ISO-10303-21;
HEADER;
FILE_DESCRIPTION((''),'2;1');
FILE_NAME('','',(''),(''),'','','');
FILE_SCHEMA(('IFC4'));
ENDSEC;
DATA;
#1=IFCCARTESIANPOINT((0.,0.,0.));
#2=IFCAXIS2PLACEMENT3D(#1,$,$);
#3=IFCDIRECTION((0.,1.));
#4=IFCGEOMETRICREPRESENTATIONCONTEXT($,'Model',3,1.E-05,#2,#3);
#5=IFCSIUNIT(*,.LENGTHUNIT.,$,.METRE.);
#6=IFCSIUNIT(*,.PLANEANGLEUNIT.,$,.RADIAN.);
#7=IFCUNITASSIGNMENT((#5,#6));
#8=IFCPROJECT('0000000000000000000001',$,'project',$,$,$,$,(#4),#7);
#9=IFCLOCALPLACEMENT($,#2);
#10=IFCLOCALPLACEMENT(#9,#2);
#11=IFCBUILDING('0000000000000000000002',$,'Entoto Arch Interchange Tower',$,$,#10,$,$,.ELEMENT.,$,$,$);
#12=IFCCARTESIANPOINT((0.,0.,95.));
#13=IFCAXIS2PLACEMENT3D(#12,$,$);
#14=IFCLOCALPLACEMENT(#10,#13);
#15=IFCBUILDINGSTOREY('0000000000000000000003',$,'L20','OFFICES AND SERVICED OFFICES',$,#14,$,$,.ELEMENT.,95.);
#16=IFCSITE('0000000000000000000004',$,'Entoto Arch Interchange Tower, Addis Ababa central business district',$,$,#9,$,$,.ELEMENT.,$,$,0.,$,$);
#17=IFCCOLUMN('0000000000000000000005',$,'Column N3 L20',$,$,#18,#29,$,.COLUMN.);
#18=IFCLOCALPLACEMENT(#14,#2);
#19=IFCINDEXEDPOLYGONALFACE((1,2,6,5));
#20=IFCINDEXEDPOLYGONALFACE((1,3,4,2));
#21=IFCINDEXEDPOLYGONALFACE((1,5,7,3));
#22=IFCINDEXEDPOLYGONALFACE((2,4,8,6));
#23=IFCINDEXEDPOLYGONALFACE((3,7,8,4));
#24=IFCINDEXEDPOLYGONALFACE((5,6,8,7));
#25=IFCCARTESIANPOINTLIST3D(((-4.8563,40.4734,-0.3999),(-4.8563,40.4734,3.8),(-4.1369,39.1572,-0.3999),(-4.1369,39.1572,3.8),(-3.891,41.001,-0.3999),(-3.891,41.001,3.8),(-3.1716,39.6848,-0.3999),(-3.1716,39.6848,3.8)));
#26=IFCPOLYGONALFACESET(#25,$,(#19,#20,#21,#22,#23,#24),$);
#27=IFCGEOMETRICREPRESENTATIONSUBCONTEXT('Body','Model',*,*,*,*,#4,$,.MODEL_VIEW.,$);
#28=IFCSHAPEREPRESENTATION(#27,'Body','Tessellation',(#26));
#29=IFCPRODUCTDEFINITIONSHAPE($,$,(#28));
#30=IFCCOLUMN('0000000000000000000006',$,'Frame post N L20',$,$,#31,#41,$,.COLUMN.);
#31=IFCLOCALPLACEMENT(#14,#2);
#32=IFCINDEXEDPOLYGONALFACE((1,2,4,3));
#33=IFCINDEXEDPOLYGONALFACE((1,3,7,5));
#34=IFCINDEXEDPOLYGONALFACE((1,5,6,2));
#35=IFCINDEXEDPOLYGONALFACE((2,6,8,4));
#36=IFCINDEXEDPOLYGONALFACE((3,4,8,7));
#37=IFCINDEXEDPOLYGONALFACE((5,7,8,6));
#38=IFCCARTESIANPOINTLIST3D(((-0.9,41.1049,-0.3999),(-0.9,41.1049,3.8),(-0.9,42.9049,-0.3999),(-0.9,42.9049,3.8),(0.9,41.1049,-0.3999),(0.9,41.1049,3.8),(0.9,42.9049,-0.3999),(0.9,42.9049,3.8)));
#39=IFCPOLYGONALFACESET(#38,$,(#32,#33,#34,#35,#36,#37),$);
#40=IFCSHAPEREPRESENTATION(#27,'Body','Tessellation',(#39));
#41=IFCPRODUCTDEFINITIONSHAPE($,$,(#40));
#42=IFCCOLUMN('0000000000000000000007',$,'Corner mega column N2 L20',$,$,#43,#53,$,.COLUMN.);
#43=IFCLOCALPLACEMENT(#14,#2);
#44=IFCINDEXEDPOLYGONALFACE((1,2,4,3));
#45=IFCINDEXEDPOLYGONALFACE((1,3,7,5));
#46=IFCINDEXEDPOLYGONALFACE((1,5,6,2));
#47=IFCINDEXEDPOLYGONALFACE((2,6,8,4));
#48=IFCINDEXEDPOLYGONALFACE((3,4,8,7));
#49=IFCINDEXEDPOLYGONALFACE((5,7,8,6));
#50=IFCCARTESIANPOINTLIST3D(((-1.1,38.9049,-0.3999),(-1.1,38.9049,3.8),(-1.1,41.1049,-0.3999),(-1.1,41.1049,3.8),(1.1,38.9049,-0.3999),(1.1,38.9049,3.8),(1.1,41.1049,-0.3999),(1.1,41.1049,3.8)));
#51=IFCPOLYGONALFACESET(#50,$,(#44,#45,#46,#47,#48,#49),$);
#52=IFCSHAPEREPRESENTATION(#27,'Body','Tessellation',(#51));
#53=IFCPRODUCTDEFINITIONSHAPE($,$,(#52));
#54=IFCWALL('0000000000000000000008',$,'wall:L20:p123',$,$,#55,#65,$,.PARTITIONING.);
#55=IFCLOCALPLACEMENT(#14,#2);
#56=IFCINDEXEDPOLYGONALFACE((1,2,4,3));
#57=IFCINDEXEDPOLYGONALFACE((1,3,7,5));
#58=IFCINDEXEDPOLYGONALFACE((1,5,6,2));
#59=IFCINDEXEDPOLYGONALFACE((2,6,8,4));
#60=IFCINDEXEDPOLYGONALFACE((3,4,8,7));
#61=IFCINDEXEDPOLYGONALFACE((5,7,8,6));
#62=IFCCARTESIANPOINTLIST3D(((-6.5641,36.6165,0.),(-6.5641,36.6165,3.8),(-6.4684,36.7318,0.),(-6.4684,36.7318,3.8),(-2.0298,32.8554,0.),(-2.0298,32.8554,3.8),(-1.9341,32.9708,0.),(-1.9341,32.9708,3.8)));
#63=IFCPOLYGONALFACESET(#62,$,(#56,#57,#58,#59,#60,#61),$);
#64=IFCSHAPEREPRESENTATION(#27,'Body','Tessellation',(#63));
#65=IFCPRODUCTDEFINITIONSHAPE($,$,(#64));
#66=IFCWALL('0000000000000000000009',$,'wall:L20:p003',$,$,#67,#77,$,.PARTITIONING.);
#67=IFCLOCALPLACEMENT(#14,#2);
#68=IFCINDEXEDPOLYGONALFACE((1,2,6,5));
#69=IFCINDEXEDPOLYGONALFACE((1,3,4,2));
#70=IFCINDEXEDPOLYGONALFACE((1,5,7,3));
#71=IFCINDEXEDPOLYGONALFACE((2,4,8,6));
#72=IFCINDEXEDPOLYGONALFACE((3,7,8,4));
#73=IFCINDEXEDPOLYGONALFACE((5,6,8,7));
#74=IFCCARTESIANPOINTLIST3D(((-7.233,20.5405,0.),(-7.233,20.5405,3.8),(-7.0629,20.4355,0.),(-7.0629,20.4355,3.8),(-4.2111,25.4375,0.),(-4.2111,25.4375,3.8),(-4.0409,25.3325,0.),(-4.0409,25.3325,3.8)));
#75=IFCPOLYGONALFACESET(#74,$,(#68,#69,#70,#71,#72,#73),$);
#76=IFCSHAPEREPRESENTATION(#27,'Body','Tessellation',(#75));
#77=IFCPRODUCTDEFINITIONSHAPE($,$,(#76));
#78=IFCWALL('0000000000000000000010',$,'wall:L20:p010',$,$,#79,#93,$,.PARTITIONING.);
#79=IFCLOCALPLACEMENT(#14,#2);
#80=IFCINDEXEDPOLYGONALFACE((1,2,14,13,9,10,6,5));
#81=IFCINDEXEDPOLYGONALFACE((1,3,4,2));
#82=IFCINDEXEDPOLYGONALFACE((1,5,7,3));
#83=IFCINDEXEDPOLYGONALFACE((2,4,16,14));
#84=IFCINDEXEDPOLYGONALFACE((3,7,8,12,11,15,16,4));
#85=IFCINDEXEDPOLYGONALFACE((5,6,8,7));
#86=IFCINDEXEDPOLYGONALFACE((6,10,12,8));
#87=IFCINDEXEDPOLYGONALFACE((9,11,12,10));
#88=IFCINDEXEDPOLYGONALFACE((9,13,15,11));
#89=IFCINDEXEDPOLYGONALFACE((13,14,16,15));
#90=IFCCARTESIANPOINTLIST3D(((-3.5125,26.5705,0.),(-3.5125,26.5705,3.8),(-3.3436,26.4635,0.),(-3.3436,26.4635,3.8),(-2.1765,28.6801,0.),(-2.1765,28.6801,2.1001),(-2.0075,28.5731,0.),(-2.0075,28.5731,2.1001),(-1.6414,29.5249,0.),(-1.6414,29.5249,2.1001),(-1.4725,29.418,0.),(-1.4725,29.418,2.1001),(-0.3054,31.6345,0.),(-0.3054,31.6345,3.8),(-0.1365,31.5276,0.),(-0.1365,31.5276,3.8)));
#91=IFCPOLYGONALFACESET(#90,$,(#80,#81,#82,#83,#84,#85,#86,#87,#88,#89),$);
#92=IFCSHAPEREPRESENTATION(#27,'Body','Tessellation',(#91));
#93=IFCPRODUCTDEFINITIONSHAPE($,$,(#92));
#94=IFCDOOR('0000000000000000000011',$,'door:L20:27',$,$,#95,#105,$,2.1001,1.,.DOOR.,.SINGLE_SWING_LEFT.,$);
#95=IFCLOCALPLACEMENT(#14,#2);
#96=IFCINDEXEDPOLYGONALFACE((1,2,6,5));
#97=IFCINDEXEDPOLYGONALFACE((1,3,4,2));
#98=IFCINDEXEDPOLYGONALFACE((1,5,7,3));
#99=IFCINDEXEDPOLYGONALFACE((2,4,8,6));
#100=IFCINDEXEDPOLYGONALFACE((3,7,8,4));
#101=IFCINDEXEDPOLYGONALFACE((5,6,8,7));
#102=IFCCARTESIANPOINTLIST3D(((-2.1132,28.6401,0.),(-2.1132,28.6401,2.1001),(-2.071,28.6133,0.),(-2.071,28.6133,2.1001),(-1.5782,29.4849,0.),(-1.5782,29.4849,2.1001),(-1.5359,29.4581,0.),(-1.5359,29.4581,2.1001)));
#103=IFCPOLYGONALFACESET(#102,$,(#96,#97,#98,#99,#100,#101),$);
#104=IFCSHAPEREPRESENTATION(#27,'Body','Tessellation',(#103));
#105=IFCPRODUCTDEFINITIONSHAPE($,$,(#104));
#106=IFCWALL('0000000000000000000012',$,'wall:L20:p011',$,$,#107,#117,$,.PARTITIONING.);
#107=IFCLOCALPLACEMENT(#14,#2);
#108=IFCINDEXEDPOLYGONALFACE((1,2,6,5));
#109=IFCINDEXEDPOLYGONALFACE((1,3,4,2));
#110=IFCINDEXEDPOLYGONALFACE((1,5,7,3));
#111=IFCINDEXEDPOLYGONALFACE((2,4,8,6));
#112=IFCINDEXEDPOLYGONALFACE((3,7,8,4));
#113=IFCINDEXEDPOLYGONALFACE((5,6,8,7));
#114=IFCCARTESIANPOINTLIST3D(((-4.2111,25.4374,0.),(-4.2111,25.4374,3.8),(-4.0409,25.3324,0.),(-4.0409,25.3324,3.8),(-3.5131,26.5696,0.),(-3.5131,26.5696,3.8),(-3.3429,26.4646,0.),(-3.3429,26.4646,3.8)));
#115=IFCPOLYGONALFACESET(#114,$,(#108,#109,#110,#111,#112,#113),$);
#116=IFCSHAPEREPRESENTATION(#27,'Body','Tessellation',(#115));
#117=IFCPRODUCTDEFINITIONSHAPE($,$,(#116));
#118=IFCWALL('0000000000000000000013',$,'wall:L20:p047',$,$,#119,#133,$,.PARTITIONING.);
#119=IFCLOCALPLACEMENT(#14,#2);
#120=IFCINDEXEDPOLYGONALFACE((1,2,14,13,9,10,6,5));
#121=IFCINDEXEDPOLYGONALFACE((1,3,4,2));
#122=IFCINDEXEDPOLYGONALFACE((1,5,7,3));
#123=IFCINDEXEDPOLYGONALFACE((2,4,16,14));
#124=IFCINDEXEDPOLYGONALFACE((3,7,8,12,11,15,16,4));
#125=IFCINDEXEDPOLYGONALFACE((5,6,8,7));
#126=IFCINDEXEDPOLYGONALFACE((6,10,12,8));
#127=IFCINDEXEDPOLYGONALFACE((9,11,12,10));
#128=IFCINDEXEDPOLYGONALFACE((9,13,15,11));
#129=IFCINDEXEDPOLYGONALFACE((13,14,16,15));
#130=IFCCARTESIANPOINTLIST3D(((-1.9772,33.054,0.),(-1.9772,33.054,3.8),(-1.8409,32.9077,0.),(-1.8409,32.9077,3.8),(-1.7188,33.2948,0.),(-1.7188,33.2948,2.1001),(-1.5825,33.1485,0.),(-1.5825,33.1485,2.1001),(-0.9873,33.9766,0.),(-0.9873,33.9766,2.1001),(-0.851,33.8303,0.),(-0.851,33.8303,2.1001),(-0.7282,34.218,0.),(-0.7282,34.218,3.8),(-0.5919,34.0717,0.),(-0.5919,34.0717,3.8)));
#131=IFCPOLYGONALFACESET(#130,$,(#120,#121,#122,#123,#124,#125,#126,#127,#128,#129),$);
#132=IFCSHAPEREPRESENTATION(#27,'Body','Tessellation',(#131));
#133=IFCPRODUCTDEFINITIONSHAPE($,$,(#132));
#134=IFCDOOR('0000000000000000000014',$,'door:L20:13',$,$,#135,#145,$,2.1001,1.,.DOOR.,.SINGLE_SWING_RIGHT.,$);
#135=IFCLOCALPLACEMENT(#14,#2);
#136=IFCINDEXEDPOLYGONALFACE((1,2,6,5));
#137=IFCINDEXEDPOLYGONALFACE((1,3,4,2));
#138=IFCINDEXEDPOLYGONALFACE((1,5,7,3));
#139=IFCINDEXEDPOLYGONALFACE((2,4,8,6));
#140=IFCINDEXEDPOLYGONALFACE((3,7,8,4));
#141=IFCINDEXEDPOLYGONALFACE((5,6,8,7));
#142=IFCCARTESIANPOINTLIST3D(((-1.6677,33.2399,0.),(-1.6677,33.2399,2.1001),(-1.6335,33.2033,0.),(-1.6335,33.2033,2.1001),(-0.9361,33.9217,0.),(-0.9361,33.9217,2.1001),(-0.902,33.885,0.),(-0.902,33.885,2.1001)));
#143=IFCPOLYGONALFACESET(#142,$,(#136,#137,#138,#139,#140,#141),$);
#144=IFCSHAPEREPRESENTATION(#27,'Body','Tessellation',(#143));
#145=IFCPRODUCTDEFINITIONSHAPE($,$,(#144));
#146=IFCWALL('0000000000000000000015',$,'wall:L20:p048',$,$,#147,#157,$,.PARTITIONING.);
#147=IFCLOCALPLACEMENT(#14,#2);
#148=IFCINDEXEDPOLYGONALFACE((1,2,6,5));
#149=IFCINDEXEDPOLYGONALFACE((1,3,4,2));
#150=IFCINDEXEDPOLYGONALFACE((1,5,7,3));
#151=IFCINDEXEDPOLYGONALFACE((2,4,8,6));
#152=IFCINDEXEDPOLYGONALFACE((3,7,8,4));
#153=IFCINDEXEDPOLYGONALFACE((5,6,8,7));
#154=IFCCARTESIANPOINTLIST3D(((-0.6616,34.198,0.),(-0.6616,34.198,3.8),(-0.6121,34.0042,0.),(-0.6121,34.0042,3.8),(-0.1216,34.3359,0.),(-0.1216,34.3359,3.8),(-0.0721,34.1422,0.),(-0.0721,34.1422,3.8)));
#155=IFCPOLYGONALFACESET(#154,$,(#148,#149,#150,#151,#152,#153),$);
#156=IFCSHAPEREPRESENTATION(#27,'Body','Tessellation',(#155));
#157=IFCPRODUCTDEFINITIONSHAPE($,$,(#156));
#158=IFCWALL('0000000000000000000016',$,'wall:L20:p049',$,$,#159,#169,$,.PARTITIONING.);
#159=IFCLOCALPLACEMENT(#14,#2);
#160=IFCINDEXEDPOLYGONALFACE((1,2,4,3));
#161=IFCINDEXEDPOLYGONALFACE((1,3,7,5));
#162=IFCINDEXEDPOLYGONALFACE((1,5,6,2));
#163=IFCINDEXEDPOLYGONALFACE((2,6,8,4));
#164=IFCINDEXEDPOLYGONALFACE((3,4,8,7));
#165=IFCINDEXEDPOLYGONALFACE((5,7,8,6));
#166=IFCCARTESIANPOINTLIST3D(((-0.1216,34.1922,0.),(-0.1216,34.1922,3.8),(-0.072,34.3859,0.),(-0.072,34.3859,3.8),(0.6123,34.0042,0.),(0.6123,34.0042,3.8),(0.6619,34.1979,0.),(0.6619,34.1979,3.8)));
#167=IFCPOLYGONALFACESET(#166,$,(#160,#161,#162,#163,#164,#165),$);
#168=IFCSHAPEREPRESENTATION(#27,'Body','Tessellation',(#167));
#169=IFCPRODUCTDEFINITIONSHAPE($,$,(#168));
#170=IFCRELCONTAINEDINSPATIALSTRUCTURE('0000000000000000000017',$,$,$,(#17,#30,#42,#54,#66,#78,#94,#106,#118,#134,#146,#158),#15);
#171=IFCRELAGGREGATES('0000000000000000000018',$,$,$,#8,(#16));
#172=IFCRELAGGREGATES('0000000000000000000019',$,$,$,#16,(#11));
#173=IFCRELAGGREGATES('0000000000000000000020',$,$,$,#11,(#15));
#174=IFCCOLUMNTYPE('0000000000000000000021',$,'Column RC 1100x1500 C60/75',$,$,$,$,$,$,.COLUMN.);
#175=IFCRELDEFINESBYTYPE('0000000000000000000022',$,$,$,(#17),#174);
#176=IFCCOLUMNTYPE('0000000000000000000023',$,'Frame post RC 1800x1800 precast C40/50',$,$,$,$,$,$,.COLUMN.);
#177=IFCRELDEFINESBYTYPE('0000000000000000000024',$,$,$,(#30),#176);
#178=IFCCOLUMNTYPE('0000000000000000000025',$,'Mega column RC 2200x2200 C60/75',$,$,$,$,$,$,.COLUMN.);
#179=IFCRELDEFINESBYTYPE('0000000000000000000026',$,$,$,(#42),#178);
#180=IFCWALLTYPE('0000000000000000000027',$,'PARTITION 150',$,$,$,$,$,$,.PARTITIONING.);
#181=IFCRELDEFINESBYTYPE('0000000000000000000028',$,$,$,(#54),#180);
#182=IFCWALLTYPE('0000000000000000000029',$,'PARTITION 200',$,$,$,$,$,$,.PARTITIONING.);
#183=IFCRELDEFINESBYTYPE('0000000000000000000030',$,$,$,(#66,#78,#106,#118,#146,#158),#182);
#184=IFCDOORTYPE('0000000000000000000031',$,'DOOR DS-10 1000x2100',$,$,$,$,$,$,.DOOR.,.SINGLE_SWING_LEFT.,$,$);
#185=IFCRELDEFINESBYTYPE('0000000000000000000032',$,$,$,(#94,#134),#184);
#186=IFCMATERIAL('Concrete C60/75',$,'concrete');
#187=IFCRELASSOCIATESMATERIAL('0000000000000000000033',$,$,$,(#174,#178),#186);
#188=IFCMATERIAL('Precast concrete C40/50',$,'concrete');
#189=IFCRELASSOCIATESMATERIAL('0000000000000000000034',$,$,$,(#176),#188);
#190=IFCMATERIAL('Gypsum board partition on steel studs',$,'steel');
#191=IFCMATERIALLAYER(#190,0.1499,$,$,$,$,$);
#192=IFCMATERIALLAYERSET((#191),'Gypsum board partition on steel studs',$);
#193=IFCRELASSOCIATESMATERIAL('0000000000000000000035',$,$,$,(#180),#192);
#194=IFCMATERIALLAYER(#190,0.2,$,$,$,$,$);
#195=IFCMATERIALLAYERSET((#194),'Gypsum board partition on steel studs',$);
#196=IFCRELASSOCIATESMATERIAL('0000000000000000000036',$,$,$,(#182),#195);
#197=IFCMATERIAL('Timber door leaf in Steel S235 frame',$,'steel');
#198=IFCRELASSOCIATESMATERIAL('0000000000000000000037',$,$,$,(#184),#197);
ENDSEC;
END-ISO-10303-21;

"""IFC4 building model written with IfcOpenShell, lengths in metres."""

from ifc_helpers import new_model, si_unit, direction, frame, frame_2d, origin, origin_2d, place, context, subcontext, project, spatial, rectangle, extrude, material, layer, layer_set, material_profile, profile_set, type_object, element, fill, save


model = new_model("IFC4")

# Units and contexts
model_context = context("Model", 3, precision=1e-05, world=origin(), true_north=direction((0.0, 1.0)))
body_context = subcontext(model_context, "Body", "Model", "MODEL_VIEW")
ifc_project = project(units=[si_unit("LENGTHUNIT", "METRE"), si_unit("PLANEANGLEUNIT", "RADIAN")], contexts=[model_context])

# Site, building, storey
site_placement = place(None, origin())
site = spatial("IfcSite", under=ifc_project, at=site_placement, Name="Entoto Arch Interchange Tower, Addis Ababa central business district", CompositionType="ELEMENT", RefElevation=0.0)
building_placement = place(site_placement, origin())
building = spatial("IfcBuilding", under=site, at=building_placement, Name="Entoto Arch Interchange Tower", CompositionType="ELEMENT")
storey_placement = place(building_placement, frame((0.0, 0.0, 95.0)))
storey = spatial("IfcBuildingStorey", under=building, at=storey_placement, Name="L20", Description="OFFICES AND SERVICED OFFICES", CompositionType="ELEMENT", Elevation=95.0)

# Columns
ifc_material_1 = material(Name="Concrete C60/75", Category="concrete")
ifc_material_profile_1 = material_profile(ifc_material_1, rectangle(XDim=1.1001, YDim=1.5, at=origin_2d()))
ifc_profile_set_1 = profile_set([ifc_material_profile_1], Name="Concrete C60/75")
column_type_1 = type_object("IfcColumnType", Name="Column RC 1100x1500 C60/75", PredefinedType="COLUMN", material=ifc_profile_set_1)
column_1_placement = place(storey_placement, frame((-4.0139, 40.0791, -0.3999), z_axis=(0.0, 0.0, 1.0), x_axis=(0.877481, 0.479611, 0.0)))
element("IfcColumn", 1, at=column_1_placement, inside=storey, type_object=column_type_1, Name="Column N3 L20", PredefinedType="COLUMN", context=body_context, shape_type="SweptSolid", body=[
    extrude(rectangle(XDim=1.1001, YDim=1.5, at=origin_2d()), origin(), (0.0, 0.0, 1.0), 4.2),
])
ifc_material_2 = material(Name="Precast concrete C40/50", Category="concrete")
ifc_material_profile_2 = material_profile(ifc_material_2, rectangle(XDim=1.8, YDim=1.8, at=origin_2d()))
ifc_profile_set_2 = profile_set([ifc_material_profile_2], Name="Precast concrete C40/50")
column_type_2 = type_object("IfcColumnType", Name="Frame post RC 1800x1800 precast C40/50", PredefinedType="COLUMN", material=ifc_profile_set_2)
column_2_placement = place(storey_placement, frame((0.0, 42.0049, -0.3999), z_axis=(0.0, 0.0, 1.0), x_axis=(0.0, 1.0, 0.0)))
element("IfcColumn", 2, at=column_2_placement, inside=storey, type_object=column_type_2, Name="Frame post N L20", PredefinedType="COLUMN", context=body_context, shape_type="SweptSolid", body=[
    extrude(rectangle(XDim=1.8, YDim=1.8, at=origin_2d()), origin(), (0.0, 0.0, 1.0), 4.2),
])
ifc_material_profile_3 = material_profile(ifc_material_1, rectangle(XDim=2.2, YDim=2.2, at=origin_2d()))
ifc_profile_set_3 = profile_set([ifc_material_profile_3], Name="Concrete C60/75")
column_type_3 = type_object("IfcColumnType", Name="Mega column RC 2200x2200 C60/75", PredefinedType="COLUMN", material=ifc_profile_set_3)
column_3_placement = place(storey_placement, frame((0.0, 40.0049, -0.3999), z_axis=(0.0, 0.0, 1.0), x_axis=(0.0, 1.0, 0.0)))
element("IfcColumn", 3, at=column_3_placement, inside=storey, type_object=column_type_3, Name="Corner mega column N2 L20", PredefinedType="COLUMN", context=body_context, shape_type="SweptSolid", body=[
    extrude(rectangle(XDim=2.2, YDim=2.2, at=origin_2d()), origin(), (0.0, 0.0, 1.0), 4.2),
])

# Walls
ifc_material_3 = material(Name="Gypsum board partition on steel studs", Category="steel")
ifc_layer_1 = layer(ifc_material_3, 0.1499)
ifc_layer_set_1 = layer_set([ifc_layer_1], Name="Gypsum board partition on steel studs")
wall_type_1 = type_object("IfcWallType", Name="PARTITION 150", PredefinedType="PARTITIONING", material=ifc_layer_set_1)
wall_1_placement = place(storey_placement, frame((-1.9819, 32.9131, 0.0), z_axis=(0.0, 0.0, 1.0), x_axis=(-0.76968, 0.63843, 0.0)))
element("IfcWall", 4, at=wall_1_placement, inside=storey, type_object=wall_type_1, Name="wall:L20:p123", PredefinedType="PARTITIONING", context=body_context, shape_type="SweptSolid", body=[
    extrude(rectangle(XDim=5.8911, YDim=0.1499, at=frame_2d((2.9456, 0.0))), origin(), (0.0, 0.0, 1.0), 3.8),
])
ifc_layer_2 = layer(ifc_material_3, 0.2)
ifc_layer_set_2 = layer_set([ifc_layer_2], Name="Gypsum board partition on steel studs")
wall_type_2 = type_object("IfcWallType", Name="PARTITION 200", PredefinedType="PARTITIONING", material=ifc_layer_set_2)
wall_2_placement = place(storey_placement, frame((-4.126, 25.385, 0.0), z_axis=(0.0, 0.0, 1.0), x_axis=(-0.525162, -0.851002, 0.0)))
element("IfcWall", 5, at=wall_2_placement, inside=storey, type_object=wall_type_2, Name="wall:L20:p003", PredefinedType="PARTITIONING", context=body_context, shape_type="SweptSolid", body=[
    extrude(rectangle(XDim=5.7544, YDim=0.2, at=frame_2d((2.8772, 0.0))), origin(), (0.0, 0.0, 1.0), 3.8),
])

# Wall, opening, door
wall_3_placement = place(storey_placement, frame((-0.2209, 31.5811, 0.0), z_axis=(0.0, 0.0, 1.0), x_axis=(-0.535035, -0.84483, 0.0)))
wall_3 = element("IfcWall", 6, at=wall_3_placement, inside=storey, type_object=wall_type_2, Name="wall:L20:p010", PredefinedType="PARTITIONING", context=body_context, shape_type="SweptSolid", body=[
    extrude(rectangle(XDim=5.9941, YDim=0.2, at=frame_2d((2.9971, 0.0))), origin(), (0.0, 0.0, 1.0), 3.8),
])
opening_1_placement = place(wall_3_placement, frame((2.4971, 0.0, 0.0)))
opening_1 = element("IfcOpeningElement", 7, at=opening_1_placement, cuts=wall_3, PredefinedType="OPENING", context=body_context, shape_type="SweptSolid", body=[
    extrude(rectangle(XDim=1.0, YDim=2.1001, at=frame_2d((0.5, 1.05))), frame((0.0, 0.1099, 0.0), z_axis=(0.0, -1.0, 0.0), x_axis=(1.0, 0.0, 0.0)), (0.0, 0.0, 1.0), 0.22),
])
ifc_material_4 = material(Name="Timber door leaf in Steel S235 frame", Category="steel")
door_type = type_object("IfcDoorType", Name="DOOR DS-10 1000x2100", OperationType="SINGLE_SWING_LEFT", PredefinedType="DOOR", material=ifc_material_4)
door_1_placement = place(opening_1_placement, origin())
door_1 = element("IfcDoor", 8, at=door_1_placement, inside=storey, type_object=door_type, Name="door:L20:27", OperationType="SINGLE_SWING_LEFT", OverallHeight=2.1001, OverallWidth=1.0, PredefinedType="DOOR", context=body_context, shape_type="SweptSolid", body=[
    extrude(rectangle(XDim=1.0, YDim=2.1001, at=frame_2d((0.5, 1.05))), frame((0.0, 0.0249, 0.0), z_axis=(0.0, -1.0, 0.0), x_axis=(1.0, 0.0, 0.0)), (0.0, 0.0, 1.0), 0.05),
])
fill(opening_1, door_1)

# Wall
wall_4_placement = place(storey_placement, frame((-3.428, 26.5171, 0.0), z_axis=(0.0, 0.0, 1.0), x_axis=(-0.524824, -0.851211, 0.0)))
element("IfcWall", 9, at=wall_4_placement, inside=storey, type_object=wall_type_2, Name="wall:L20:p011", PredefinedType="PARTITIONING", context=body_context, shape_type="SweptSolid", body=[
    extrude(rectangle(XDim=1.3301, YDim=0.2, at=frame_2d((0.665, 0.0))), origin(), (0.0, 0.0, 1.0), 3.8),
])

# Wall, opening, door
wall_5_placement = place(storey_placement, frame((-1.9089, 32.981, 0.0), z_axis=(0.0, 0.0, 1.0), x_axis=(0.73155, 0.681788, 0.0)))
wall_5 = element("IfcWall", 10, at=wall_5_placement, inside=storey, type_object=wall_type_2, Name="wall:L20:p047", PredefinedType="PARTITIONING", context=body_context, shape_type="SweptSolid", body=[
    extrude(rectangle(XDim=1.7073, YDim=0.2, at=frame_2d((0.8535, 0.0))), origin(), (0.0, 0.0, 1.0), 3.8),
])
opening_2_placement = place(wall_5_placement, frame((0.353, 0.0, 0.0)))
opening_2 = element("IfcOpeningElement", 11, at=opening_2_placement, cuts=wall_5, PredefinedType="OPENING", context=body_context, shape_type="SweptSolid", body=[
    extrude(rectangle(XDim=1.0, YDim=2.1001, at=frame_2d((0.5, 1.05))), frame((0.0, 0.1099, 0.0), z_axis=(0.0, -1.0, 0.0), x_axis=(1.0, 0.0, 0.0)), (0.0, 0.0, 1.0), 0.22),
])
door_2_placement = place(opening_2_placement, origin())
door_2 = element("IfcDoor", 12, at=door_2_placement, inside=storey, type_object=door_type, Name="door:L20:13", OperationType="SINGLE_SWING_RIGHT", OverallHeight=2.1001, OverallWidth=1.0, PredefinedType="DOOR", context=body_context, shape_type="SweptSolid", body=[
    extrude(rectangle(XDim=1.0, YDim=2.1001, at=frame_2d((0.5, 1.05))), frame((0.0, 0.0249, 0.0), z_axis=(0.0, -1.0, 0.0), x_axis=(1.0, 0.0, 0.0)), (0.0, 0.0, 1.0), 0.05),
])
fill(opening_2, door_2)

# Walls
wall_6_placement = place(storey_placement, frame((-0.637, 34.1011, 0.0), z_axis=(0.0, 0.0, 1.0), x_axis=(0.968893, 0.247479, 0.0)))
element("IfcWall", 13, at=wall_6_placement, inside=storey, type_object=wall_type_2, Name="wall:L20:p048", PredefinedType="PARTITIONING", context=body_context, shape_type="SweptSolid", body=[
    extrude(rectangle(XDim=0.5574, YDim=0.2, at=frame_2d((0.2788, 0.0))), origin(), (0.0, 0.0, 1.0), 3.8),
])
wall_7_placement = place(storey_placement, frame((-0.0969, 34.2891, 0.0), z_axis=(0.0, 0.0, 1.0), x_axis=(0.968723, -0.248143, 0.0)))
element("IfcWall", 14, at=wall_7_placement, inside=storey, type_object=wall_type_2, Name="wall:L20:p049", PredefinedType="PARTITIONING", context=body_context, shape_type="SweptSolid", body=[
    extrude(rectangle(XDim=0.7576, YDim=0.2, at=frame_2d((0.3789, 0.0))), origin(), (0.0, 0.0, 1.0), 3.8),
])

save(model, "model.ifc")
